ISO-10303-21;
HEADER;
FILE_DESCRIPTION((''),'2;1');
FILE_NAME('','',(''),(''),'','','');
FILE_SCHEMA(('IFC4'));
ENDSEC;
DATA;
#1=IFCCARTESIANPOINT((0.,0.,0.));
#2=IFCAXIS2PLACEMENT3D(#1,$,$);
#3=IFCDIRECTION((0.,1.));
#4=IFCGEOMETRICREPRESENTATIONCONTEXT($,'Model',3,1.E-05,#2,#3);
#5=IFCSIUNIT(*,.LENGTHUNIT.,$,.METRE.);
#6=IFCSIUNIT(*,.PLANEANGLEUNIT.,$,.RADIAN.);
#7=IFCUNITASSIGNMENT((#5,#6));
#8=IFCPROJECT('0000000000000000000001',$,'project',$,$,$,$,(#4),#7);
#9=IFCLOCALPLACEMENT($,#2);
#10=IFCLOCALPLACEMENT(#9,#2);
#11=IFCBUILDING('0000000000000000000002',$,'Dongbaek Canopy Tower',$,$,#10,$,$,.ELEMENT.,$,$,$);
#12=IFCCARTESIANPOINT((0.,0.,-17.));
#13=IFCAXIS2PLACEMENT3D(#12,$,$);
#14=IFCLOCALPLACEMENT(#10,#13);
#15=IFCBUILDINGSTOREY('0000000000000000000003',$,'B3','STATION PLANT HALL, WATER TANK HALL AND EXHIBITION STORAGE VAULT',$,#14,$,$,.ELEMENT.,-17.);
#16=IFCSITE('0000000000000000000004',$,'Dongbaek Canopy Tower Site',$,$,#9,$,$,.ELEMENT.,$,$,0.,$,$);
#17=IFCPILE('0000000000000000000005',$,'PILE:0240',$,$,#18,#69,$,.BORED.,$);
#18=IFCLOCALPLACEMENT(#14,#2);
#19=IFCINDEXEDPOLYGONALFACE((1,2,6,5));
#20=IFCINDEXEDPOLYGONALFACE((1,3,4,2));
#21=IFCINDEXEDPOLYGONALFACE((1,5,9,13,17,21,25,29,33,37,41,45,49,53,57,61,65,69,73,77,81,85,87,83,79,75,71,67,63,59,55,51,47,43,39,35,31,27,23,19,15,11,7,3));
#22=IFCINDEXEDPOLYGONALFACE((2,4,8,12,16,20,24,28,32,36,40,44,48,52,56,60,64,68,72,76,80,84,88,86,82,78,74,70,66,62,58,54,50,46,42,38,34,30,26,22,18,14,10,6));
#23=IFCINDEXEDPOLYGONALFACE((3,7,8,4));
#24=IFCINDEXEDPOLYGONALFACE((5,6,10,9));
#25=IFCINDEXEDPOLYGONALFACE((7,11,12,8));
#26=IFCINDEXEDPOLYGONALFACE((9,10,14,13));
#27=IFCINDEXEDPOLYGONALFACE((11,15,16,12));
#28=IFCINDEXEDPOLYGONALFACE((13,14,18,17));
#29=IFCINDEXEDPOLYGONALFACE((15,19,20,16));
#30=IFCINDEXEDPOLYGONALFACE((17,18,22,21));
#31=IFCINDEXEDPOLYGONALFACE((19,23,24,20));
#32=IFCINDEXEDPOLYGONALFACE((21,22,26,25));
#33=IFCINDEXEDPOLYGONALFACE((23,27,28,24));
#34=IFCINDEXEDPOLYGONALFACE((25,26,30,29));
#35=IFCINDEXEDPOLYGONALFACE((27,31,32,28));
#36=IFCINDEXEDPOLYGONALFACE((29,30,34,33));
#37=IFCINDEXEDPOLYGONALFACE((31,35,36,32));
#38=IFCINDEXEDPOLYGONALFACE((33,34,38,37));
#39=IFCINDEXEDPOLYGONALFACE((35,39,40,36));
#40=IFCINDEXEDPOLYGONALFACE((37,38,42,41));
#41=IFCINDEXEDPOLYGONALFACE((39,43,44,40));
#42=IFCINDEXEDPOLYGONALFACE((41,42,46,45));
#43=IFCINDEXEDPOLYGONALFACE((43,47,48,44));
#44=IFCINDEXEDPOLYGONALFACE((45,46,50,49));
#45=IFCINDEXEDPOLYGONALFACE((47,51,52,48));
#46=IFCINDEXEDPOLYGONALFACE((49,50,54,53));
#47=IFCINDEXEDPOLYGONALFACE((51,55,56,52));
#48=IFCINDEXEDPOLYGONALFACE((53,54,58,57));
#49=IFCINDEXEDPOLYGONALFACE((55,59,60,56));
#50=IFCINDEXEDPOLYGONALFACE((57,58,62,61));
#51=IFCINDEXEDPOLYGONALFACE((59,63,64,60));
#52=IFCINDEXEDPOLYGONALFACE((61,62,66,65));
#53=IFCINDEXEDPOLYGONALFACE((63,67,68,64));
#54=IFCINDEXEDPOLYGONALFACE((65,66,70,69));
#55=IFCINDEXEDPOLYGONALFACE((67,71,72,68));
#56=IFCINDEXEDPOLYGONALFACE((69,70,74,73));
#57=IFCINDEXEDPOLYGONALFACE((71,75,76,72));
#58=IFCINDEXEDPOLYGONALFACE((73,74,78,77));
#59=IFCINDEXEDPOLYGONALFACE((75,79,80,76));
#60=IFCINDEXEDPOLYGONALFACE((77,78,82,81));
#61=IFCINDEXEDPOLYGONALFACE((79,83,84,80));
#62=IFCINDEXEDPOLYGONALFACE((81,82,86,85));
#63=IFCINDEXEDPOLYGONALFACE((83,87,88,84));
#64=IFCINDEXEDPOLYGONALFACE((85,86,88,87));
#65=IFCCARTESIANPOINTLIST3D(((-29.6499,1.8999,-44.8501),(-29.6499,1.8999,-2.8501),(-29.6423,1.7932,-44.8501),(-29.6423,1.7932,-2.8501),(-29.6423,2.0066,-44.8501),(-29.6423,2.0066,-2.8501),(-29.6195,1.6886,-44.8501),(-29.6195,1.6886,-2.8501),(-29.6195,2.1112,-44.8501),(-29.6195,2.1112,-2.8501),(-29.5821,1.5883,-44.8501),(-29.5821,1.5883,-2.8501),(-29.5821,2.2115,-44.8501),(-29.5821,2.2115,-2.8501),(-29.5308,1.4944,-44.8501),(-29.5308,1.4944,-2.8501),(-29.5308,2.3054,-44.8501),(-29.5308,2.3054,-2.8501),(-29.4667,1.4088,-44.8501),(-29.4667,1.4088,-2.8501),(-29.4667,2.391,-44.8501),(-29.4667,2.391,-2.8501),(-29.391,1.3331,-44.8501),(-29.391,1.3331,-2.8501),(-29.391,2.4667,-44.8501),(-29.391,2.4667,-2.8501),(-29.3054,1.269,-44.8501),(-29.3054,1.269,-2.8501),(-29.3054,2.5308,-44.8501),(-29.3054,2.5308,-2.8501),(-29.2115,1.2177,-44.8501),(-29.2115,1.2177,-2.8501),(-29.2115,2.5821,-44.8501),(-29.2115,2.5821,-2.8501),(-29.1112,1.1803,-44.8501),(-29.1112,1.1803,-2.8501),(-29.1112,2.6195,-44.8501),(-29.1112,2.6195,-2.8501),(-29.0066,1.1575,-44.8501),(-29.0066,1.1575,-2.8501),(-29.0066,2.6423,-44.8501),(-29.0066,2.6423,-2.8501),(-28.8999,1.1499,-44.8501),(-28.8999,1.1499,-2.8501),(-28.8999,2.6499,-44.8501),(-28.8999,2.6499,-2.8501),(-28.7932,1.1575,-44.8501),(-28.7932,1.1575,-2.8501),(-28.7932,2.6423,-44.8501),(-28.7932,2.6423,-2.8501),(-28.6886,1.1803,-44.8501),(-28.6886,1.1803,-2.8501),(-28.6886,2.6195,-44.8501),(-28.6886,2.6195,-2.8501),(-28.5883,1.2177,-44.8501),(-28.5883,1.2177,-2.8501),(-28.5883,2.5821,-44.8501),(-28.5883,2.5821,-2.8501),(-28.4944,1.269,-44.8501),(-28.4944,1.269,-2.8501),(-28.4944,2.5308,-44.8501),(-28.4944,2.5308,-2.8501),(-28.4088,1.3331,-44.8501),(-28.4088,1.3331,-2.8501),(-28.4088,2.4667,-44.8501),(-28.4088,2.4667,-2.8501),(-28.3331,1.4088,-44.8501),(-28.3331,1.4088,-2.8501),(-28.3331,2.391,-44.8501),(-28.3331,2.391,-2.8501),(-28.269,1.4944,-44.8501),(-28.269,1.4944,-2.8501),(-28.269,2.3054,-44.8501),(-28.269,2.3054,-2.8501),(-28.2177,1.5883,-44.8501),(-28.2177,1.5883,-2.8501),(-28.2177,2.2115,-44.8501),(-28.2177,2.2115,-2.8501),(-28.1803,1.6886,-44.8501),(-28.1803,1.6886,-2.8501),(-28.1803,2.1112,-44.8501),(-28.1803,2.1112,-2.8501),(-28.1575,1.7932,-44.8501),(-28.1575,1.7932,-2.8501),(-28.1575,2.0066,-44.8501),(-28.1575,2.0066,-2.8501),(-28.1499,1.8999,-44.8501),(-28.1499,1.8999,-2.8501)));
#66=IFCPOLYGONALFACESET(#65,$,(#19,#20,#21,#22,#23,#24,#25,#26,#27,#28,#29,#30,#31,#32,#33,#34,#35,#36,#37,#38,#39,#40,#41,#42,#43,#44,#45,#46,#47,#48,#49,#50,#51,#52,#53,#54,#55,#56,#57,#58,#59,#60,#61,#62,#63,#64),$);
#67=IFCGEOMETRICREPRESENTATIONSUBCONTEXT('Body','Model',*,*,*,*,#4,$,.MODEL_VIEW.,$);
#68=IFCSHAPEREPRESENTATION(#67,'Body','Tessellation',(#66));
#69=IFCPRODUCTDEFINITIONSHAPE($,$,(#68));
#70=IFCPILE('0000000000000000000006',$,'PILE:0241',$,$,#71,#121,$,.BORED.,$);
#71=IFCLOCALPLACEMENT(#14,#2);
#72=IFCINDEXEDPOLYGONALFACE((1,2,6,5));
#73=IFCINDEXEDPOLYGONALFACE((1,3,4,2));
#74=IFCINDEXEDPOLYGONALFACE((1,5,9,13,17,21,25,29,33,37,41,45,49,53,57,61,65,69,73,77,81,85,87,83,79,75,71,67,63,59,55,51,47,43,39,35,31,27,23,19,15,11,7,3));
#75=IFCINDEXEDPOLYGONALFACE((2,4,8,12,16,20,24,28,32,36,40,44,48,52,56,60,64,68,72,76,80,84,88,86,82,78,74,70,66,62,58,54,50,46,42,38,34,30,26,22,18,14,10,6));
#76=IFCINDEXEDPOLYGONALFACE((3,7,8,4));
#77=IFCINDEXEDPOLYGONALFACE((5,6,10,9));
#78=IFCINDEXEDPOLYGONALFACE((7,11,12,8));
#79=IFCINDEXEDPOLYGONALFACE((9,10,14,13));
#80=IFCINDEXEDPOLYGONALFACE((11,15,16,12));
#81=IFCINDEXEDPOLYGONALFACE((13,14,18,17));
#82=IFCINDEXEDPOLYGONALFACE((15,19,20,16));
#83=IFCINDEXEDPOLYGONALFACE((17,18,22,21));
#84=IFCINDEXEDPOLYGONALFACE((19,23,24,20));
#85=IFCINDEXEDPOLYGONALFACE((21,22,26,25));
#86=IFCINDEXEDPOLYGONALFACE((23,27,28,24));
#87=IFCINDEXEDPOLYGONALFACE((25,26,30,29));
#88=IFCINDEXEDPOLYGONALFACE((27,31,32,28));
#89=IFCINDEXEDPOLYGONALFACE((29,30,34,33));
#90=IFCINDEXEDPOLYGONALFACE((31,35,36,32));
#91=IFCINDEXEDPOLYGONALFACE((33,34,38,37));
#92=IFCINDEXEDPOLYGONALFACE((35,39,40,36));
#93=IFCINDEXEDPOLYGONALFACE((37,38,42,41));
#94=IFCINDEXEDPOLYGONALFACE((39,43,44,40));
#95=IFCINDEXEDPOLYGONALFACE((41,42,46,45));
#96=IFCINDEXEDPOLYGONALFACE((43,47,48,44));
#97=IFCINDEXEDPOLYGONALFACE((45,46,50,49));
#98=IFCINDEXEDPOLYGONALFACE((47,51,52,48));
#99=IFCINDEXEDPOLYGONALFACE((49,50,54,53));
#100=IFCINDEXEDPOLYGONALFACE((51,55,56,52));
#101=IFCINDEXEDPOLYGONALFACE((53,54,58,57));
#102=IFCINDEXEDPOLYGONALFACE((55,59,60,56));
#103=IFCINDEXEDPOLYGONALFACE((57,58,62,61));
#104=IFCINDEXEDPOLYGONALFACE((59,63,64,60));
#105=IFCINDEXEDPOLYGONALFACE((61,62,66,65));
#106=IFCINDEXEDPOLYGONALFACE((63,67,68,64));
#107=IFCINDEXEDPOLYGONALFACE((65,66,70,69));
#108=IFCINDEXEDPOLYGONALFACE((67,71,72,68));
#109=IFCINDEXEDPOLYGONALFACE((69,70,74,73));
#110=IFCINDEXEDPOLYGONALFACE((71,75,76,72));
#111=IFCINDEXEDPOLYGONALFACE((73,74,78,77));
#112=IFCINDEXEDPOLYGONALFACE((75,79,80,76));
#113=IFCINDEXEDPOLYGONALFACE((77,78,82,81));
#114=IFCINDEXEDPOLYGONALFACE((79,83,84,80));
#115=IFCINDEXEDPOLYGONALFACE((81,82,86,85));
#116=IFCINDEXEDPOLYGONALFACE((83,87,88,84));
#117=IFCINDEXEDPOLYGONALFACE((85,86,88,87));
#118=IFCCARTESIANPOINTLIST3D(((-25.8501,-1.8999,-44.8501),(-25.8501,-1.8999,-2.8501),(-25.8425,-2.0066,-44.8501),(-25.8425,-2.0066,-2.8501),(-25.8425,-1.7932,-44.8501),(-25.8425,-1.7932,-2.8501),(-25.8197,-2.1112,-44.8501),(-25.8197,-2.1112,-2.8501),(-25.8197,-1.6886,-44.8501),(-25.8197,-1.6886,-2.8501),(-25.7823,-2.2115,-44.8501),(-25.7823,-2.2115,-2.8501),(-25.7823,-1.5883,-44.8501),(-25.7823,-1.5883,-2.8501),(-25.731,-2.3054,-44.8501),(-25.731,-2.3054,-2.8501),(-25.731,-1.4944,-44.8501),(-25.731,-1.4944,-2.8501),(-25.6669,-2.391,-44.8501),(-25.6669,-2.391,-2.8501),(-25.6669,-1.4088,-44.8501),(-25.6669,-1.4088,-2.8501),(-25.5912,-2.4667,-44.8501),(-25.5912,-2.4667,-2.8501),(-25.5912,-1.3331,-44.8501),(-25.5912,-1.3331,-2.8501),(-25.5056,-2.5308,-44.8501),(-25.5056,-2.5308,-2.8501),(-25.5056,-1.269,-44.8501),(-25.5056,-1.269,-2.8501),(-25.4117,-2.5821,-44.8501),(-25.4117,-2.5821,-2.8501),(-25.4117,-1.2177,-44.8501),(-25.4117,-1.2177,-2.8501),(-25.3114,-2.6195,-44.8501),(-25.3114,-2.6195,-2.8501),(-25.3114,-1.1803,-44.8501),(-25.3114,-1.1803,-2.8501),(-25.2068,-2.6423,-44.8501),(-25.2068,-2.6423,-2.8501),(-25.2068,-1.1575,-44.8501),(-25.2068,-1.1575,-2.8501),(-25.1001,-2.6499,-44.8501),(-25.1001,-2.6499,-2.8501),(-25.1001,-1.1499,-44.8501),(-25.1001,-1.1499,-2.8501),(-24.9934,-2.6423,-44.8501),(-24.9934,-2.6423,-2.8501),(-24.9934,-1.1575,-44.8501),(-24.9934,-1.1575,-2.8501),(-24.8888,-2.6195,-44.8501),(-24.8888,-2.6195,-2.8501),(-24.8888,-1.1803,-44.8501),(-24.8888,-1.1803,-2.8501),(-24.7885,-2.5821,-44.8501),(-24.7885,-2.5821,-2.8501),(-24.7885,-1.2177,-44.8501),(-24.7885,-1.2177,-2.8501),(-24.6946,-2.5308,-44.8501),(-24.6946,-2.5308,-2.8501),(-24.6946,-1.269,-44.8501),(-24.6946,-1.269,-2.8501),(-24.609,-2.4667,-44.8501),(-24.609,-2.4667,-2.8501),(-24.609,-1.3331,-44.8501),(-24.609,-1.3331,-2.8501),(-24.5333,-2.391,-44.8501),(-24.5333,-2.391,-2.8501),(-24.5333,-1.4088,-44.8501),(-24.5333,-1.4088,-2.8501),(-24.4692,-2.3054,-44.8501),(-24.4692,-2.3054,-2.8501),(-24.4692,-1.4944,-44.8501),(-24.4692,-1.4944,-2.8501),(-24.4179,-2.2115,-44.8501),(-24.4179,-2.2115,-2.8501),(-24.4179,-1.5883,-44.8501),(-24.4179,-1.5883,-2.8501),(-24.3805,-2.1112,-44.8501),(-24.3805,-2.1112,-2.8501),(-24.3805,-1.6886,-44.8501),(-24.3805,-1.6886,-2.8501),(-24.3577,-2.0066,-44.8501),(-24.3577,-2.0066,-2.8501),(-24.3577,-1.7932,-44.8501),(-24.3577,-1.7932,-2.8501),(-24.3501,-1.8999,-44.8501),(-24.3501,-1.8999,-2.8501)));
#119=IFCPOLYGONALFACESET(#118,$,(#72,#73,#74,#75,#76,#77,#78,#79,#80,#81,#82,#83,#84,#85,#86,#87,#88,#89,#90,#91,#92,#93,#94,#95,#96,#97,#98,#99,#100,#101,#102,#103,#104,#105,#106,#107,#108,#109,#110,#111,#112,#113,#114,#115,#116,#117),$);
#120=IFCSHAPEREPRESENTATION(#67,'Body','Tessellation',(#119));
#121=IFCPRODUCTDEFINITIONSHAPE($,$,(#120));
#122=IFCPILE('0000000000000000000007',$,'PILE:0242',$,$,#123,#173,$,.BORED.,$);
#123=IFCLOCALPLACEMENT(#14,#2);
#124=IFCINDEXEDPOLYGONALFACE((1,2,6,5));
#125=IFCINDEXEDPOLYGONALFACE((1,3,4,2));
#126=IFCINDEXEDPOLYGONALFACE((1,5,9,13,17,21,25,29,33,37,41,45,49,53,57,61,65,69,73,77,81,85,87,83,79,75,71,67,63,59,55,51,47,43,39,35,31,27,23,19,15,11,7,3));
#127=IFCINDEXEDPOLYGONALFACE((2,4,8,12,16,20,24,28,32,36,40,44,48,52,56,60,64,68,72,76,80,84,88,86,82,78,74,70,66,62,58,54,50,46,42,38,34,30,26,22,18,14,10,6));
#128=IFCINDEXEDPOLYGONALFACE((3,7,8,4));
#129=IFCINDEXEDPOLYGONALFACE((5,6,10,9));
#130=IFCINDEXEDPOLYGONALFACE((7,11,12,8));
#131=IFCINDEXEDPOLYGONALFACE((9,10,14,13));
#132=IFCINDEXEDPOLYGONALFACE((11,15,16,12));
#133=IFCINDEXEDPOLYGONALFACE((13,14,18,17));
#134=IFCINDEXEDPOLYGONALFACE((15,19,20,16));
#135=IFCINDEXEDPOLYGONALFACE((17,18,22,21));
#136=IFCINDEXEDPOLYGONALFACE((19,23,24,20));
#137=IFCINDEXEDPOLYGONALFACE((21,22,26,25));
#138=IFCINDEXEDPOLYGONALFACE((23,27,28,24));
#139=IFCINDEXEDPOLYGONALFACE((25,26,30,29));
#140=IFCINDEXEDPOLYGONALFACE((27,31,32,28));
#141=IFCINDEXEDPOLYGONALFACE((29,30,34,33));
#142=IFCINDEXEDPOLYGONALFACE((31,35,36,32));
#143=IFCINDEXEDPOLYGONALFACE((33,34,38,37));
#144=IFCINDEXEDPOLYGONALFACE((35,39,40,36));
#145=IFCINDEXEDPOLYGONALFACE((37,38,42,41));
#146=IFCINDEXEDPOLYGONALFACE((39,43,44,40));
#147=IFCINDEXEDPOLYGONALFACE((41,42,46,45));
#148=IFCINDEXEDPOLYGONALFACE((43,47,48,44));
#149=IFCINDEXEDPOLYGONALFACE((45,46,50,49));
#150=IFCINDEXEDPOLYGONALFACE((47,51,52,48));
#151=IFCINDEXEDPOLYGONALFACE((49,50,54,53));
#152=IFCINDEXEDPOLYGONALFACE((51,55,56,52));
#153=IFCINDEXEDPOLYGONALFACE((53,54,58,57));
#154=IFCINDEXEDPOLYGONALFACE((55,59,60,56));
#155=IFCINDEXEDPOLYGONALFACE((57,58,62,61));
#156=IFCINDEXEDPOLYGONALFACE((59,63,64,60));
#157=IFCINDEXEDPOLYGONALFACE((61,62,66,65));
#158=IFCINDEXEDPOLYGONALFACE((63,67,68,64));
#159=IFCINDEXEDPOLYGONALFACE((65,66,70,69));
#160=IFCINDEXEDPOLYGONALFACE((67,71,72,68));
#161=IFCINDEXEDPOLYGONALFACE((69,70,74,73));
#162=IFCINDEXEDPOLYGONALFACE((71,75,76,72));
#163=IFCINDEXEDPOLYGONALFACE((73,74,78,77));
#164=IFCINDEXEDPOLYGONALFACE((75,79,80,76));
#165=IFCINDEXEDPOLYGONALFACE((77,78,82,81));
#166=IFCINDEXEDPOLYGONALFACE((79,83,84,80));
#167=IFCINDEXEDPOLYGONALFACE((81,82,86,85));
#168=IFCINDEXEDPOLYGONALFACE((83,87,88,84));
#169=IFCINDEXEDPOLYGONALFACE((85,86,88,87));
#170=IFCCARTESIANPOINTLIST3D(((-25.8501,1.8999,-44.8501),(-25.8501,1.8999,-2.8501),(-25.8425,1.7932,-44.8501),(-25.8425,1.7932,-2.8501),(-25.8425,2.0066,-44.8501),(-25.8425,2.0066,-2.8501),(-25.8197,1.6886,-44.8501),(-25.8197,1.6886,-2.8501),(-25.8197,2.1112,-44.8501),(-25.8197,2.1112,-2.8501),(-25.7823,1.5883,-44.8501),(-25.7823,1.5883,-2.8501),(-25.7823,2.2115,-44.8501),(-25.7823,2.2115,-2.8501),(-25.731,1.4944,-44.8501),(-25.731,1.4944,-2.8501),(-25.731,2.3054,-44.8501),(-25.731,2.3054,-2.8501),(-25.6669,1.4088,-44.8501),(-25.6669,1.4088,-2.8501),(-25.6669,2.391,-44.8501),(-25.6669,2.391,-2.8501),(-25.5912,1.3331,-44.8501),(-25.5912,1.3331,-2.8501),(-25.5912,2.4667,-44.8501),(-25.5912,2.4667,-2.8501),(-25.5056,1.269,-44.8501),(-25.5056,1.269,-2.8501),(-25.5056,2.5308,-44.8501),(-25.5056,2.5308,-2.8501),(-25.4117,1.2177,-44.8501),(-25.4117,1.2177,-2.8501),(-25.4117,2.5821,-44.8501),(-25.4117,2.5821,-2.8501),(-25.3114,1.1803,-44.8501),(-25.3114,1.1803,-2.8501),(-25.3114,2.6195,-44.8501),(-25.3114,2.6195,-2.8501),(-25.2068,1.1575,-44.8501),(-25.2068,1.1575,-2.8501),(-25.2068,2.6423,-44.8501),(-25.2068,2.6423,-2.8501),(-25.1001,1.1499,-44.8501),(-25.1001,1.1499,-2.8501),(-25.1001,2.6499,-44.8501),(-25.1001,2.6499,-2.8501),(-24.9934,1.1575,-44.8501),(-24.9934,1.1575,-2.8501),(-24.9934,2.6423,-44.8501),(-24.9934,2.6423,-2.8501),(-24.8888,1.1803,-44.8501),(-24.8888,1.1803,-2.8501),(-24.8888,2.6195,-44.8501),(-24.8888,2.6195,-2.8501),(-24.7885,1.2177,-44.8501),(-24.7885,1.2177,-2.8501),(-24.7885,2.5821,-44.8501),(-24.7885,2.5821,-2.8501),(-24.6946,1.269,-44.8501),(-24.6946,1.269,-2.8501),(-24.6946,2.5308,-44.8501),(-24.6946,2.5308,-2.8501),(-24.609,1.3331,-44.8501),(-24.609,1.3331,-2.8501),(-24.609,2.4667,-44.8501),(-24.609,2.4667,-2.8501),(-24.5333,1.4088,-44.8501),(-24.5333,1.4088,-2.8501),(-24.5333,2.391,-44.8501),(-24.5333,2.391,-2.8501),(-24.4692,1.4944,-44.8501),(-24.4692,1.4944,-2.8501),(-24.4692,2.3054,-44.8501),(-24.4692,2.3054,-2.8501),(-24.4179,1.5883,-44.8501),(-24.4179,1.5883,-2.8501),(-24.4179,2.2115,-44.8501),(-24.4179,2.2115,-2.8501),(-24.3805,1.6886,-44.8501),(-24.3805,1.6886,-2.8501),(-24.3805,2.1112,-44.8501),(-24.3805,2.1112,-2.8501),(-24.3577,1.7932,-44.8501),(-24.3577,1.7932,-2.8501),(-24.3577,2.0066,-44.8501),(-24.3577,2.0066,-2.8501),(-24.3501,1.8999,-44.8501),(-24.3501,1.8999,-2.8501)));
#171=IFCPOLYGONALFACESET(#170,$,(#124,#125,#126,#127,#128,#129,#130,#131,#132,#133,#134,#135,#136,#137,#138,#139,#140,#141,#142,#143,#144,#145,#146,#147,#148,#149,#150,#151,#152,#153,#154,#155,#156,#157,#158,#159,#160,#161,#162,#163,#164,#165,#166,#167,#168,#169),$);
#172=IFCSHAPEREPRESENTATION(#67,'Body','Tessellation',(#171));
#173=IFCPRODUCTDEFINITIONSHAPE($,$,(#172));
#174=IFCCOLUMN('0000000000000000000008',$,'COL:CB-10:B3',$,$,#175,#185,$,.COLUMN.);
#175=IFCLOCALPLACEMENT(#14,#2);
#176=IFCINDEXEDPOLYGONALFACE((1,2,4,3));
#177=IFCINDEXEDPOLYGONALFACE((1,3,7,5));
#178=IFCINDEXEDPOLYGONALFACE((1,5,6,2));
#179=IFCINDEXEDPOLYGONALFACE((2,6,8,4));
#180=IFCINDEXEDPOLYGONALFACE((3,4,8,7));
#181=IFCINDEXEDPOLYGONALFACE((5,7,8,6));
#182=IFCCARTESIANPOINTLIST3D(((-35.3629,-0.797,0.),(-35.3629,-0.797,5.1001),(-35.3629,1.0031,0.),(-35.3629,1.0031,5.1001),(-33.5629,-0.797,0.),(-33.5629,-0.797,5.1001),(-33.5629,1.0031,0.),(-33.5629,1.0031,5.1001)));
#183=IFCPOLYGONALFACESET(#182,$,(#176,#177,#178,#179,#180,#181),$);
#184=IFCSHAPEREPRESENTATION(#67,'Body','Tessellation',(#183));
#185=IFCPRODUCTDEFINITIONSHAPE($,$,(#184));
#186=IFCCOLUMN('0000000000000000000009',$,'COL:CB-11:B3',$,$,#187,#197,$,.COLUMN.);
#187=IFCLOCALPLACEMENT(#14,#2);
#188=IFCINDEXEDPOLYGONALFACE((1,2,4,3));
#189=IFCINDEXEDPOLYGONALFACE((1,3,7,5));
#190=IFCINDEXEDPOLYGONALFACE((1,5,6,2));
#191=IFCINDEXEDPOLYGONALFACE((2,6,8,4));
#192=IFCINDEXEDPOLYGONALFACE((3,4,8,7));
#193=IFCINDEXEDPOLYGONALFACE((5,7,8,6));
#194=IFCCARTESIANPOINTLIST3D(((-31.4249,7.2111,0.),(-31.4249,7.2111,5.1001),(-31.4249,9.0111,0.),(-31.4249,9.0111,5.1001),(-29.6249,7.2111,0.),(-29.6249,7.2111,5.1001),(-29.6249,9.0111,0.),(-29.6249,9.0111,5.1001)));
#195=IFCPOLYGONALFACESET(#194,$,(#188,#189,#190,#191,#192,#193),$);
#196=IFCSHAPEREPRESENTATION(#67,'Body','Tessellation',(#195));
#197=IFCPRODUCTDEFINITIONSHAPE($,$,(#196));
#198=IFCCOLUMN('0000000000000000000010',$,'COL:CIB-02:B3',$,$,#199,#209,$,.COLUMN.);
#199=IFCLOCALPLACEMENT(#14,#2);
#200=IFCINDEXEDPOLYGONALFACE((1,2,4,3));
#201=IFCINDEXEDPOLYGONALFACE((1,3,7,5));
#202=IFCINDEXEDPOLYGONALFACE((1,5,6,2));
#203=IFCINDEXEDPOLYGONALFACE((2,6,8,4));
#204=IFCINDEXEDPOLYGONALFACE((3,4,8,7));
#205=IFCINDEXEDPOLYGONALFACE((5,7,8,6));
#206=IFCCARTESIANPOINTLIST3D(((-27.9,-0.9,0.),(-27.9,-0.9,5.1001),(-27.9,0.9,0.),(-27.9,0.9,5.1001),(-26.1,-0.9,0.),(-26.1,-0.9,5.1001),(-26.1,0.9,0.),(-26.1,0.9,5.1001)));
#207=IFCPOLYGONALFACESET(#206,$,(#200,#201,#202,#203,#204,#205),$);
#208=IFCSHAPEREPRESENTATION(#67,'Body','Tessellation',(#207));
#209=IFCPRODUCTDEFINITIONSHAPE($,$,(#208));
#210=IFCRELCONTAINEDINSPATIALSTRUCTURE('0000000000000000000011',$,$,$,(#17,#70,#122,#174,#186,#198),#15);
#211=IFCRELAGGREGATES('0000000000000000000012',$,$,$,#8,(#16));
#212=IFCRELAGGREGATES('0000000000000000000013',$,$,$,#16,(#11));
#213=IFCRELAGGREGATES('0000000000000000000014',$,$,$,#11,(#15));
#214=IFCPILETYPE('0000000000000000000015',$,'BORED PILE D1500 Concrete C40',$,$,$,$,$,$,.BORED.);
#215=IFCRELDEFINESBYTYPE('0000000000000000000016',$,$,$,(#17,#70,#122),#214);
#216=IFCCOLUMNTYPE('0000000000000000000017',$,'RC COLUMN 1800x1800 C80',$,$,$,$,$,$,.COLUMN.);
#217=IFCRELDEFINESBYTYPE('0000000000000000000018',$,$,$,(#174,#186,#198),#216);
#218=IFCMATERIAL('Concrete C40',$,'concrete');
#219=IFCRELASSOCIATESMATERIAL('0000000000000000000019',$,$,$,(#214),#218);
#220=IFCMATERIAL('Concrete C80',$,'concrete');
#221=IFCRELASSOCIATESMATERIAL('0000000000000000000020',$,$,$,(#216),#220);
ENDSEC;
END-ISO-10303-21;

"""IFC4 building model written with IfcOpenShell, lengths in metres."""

from ifc_helpers import new_model, si_unit, direction, frame, origin, origin_2d, place, context, subcontext, project, spatial, rectangle, circle, extrude, material, material_profile, profile_set, type_object, element, save


model = new_model("IFC4")

# Units and contexts
model_context = context("Model", 3, precision=1e-05, world=origin(), true_north=direction((0.0, 1.0)))
body_context = subcontext(model_context, "Body", "Model", "MODEL_VIEW")
ifc_project = project(units=[si_unit("LENGTHUNIT", "METRE"), si_unit("PLANEANGLEUNIT", "RADIAN")], contexts=[model_context])

# Site, building, storey
site_placement = place(None, origin())
site = spatial("IfcSite", under=ifc_project, at=site_placement, Name="Dongbaek Canopy Tower Site", CompositionType="ELEMENT", RefElevation=0.0)
building_placement = place(site_placement, origin())
building = spatial("IfcBuilding", under=site, at=building_placement, Name="Dongbaek Canopy Tower", CompositionType="ELEMENT")
storey_placement = place(building_placement, frame((0.0, 0.0, -17.0)))
storey = spatial("IfcBuildingStorey", under=building, at=storey_placement, Name="B3", Description="STATION PLANT HALL, WATER TANK HALL AND EXHIBITION STORAGE VAULT", CompositionType="ELEMENT", Elevation=-17.0)

# Piles
ifc_material_1 = material(Name="Concrete C40", Category="concrete")
ifc_material_profile_1 = material_profile(ifc_material_1, circle(Radius=0.75, at=origin_2d()), Name="BORED PILE D1500 Concrete C40")
ifc_profile_set_1 = profile_set([ifc_material_profile_1], Name="Concrete C40")
pile_type = type_object("IfcPileType", Name="BORED PILE D1500 Concrete C40", PredefinedType="BORED", material=ifc_profile_set_1)
for number, where, z_axis, x_axis, name in (
    (1, (-28.8999, 1.8999, -2.8501), (0.0, 0.0, -1.0), (1.0, 0.0, 0.0), "PILE:0240"),
    (2, (-25.1001, -1.8999, -2.8501), (0.0, 0.0, -1.0), (1.0, 0.0, 0.0), "PILE:0241"),
    (3, (-25.1001, 1.8999, -2.8501), (0.0, 0.0, -1.0), (1.0, 0.0, 0.0), "PILE:0242"),
):
    element("IfcPile", number, at=place(storey_placement, frame(where, z_axis=z_axis, x_axis=x_axis)), inside=storey, type_object=pile_type, Name=name, PredefinedType="BORED", context=body_context, shape_type="SweptSolid", body=[
        extrude(circle(Radius=0.75, at=origin_2d()), origin(), (0.0, 0.0, 1.0), 42.0),
    ])

# Columns
ifc_material_2 = material(Name="Concrete C80", Category="concrete")
ifc_material_profile_2 = material_profile(ifc_material_2, rectangle(XDim=1.8, YDim=1.8, at=origin_2d()), Name="RC COLUMN 1800x1800 C80")
ifc_profile_set_2 = profile_set([ifc_material_profile_2], Name="Concrete C80")
column_type = type_object("IfcColumnType", Name="RC COLUMN 1800x1800 C80", PredefinedType="COLUMN", material=ifc_profile_set_2)
for number, where, z_axis, x_axis, name in (
    (4, (-34.4629, 0.103, 0.0), (0.0, 0.0, 1.0), (1.0, 0.0, 0.0), "COL:CB-10:B3"),
    (5, (-30.5249, 8.1111, 0.0), (0.0, 0.0, 1.0), (1.0, 0.0, 0.0), "COL:CB-11:B3"),
    (6, (-27.0, 0.0, 0.0), (0.0, 0.0, 1.0), (1.0, 0.0, 0.0), "COL:CIB-02:B3"),
):
    element("IfcColumn", number, at=place(storey_placement, frame(where, z_axis=z_axis, x_axis=x_axis)), inside=storey, type_object=column_type, Name=name, PredefinedType="COLUMN", context=body_context, shape_type="SweptSolid", body=[
        extrude(rectangle(XDim=1.8, YDim=1.8, at=origin_2d()), origin(), (0.0, 0.0, 1.0), 5.1001),
    ])

save(model, "model.ifc")
